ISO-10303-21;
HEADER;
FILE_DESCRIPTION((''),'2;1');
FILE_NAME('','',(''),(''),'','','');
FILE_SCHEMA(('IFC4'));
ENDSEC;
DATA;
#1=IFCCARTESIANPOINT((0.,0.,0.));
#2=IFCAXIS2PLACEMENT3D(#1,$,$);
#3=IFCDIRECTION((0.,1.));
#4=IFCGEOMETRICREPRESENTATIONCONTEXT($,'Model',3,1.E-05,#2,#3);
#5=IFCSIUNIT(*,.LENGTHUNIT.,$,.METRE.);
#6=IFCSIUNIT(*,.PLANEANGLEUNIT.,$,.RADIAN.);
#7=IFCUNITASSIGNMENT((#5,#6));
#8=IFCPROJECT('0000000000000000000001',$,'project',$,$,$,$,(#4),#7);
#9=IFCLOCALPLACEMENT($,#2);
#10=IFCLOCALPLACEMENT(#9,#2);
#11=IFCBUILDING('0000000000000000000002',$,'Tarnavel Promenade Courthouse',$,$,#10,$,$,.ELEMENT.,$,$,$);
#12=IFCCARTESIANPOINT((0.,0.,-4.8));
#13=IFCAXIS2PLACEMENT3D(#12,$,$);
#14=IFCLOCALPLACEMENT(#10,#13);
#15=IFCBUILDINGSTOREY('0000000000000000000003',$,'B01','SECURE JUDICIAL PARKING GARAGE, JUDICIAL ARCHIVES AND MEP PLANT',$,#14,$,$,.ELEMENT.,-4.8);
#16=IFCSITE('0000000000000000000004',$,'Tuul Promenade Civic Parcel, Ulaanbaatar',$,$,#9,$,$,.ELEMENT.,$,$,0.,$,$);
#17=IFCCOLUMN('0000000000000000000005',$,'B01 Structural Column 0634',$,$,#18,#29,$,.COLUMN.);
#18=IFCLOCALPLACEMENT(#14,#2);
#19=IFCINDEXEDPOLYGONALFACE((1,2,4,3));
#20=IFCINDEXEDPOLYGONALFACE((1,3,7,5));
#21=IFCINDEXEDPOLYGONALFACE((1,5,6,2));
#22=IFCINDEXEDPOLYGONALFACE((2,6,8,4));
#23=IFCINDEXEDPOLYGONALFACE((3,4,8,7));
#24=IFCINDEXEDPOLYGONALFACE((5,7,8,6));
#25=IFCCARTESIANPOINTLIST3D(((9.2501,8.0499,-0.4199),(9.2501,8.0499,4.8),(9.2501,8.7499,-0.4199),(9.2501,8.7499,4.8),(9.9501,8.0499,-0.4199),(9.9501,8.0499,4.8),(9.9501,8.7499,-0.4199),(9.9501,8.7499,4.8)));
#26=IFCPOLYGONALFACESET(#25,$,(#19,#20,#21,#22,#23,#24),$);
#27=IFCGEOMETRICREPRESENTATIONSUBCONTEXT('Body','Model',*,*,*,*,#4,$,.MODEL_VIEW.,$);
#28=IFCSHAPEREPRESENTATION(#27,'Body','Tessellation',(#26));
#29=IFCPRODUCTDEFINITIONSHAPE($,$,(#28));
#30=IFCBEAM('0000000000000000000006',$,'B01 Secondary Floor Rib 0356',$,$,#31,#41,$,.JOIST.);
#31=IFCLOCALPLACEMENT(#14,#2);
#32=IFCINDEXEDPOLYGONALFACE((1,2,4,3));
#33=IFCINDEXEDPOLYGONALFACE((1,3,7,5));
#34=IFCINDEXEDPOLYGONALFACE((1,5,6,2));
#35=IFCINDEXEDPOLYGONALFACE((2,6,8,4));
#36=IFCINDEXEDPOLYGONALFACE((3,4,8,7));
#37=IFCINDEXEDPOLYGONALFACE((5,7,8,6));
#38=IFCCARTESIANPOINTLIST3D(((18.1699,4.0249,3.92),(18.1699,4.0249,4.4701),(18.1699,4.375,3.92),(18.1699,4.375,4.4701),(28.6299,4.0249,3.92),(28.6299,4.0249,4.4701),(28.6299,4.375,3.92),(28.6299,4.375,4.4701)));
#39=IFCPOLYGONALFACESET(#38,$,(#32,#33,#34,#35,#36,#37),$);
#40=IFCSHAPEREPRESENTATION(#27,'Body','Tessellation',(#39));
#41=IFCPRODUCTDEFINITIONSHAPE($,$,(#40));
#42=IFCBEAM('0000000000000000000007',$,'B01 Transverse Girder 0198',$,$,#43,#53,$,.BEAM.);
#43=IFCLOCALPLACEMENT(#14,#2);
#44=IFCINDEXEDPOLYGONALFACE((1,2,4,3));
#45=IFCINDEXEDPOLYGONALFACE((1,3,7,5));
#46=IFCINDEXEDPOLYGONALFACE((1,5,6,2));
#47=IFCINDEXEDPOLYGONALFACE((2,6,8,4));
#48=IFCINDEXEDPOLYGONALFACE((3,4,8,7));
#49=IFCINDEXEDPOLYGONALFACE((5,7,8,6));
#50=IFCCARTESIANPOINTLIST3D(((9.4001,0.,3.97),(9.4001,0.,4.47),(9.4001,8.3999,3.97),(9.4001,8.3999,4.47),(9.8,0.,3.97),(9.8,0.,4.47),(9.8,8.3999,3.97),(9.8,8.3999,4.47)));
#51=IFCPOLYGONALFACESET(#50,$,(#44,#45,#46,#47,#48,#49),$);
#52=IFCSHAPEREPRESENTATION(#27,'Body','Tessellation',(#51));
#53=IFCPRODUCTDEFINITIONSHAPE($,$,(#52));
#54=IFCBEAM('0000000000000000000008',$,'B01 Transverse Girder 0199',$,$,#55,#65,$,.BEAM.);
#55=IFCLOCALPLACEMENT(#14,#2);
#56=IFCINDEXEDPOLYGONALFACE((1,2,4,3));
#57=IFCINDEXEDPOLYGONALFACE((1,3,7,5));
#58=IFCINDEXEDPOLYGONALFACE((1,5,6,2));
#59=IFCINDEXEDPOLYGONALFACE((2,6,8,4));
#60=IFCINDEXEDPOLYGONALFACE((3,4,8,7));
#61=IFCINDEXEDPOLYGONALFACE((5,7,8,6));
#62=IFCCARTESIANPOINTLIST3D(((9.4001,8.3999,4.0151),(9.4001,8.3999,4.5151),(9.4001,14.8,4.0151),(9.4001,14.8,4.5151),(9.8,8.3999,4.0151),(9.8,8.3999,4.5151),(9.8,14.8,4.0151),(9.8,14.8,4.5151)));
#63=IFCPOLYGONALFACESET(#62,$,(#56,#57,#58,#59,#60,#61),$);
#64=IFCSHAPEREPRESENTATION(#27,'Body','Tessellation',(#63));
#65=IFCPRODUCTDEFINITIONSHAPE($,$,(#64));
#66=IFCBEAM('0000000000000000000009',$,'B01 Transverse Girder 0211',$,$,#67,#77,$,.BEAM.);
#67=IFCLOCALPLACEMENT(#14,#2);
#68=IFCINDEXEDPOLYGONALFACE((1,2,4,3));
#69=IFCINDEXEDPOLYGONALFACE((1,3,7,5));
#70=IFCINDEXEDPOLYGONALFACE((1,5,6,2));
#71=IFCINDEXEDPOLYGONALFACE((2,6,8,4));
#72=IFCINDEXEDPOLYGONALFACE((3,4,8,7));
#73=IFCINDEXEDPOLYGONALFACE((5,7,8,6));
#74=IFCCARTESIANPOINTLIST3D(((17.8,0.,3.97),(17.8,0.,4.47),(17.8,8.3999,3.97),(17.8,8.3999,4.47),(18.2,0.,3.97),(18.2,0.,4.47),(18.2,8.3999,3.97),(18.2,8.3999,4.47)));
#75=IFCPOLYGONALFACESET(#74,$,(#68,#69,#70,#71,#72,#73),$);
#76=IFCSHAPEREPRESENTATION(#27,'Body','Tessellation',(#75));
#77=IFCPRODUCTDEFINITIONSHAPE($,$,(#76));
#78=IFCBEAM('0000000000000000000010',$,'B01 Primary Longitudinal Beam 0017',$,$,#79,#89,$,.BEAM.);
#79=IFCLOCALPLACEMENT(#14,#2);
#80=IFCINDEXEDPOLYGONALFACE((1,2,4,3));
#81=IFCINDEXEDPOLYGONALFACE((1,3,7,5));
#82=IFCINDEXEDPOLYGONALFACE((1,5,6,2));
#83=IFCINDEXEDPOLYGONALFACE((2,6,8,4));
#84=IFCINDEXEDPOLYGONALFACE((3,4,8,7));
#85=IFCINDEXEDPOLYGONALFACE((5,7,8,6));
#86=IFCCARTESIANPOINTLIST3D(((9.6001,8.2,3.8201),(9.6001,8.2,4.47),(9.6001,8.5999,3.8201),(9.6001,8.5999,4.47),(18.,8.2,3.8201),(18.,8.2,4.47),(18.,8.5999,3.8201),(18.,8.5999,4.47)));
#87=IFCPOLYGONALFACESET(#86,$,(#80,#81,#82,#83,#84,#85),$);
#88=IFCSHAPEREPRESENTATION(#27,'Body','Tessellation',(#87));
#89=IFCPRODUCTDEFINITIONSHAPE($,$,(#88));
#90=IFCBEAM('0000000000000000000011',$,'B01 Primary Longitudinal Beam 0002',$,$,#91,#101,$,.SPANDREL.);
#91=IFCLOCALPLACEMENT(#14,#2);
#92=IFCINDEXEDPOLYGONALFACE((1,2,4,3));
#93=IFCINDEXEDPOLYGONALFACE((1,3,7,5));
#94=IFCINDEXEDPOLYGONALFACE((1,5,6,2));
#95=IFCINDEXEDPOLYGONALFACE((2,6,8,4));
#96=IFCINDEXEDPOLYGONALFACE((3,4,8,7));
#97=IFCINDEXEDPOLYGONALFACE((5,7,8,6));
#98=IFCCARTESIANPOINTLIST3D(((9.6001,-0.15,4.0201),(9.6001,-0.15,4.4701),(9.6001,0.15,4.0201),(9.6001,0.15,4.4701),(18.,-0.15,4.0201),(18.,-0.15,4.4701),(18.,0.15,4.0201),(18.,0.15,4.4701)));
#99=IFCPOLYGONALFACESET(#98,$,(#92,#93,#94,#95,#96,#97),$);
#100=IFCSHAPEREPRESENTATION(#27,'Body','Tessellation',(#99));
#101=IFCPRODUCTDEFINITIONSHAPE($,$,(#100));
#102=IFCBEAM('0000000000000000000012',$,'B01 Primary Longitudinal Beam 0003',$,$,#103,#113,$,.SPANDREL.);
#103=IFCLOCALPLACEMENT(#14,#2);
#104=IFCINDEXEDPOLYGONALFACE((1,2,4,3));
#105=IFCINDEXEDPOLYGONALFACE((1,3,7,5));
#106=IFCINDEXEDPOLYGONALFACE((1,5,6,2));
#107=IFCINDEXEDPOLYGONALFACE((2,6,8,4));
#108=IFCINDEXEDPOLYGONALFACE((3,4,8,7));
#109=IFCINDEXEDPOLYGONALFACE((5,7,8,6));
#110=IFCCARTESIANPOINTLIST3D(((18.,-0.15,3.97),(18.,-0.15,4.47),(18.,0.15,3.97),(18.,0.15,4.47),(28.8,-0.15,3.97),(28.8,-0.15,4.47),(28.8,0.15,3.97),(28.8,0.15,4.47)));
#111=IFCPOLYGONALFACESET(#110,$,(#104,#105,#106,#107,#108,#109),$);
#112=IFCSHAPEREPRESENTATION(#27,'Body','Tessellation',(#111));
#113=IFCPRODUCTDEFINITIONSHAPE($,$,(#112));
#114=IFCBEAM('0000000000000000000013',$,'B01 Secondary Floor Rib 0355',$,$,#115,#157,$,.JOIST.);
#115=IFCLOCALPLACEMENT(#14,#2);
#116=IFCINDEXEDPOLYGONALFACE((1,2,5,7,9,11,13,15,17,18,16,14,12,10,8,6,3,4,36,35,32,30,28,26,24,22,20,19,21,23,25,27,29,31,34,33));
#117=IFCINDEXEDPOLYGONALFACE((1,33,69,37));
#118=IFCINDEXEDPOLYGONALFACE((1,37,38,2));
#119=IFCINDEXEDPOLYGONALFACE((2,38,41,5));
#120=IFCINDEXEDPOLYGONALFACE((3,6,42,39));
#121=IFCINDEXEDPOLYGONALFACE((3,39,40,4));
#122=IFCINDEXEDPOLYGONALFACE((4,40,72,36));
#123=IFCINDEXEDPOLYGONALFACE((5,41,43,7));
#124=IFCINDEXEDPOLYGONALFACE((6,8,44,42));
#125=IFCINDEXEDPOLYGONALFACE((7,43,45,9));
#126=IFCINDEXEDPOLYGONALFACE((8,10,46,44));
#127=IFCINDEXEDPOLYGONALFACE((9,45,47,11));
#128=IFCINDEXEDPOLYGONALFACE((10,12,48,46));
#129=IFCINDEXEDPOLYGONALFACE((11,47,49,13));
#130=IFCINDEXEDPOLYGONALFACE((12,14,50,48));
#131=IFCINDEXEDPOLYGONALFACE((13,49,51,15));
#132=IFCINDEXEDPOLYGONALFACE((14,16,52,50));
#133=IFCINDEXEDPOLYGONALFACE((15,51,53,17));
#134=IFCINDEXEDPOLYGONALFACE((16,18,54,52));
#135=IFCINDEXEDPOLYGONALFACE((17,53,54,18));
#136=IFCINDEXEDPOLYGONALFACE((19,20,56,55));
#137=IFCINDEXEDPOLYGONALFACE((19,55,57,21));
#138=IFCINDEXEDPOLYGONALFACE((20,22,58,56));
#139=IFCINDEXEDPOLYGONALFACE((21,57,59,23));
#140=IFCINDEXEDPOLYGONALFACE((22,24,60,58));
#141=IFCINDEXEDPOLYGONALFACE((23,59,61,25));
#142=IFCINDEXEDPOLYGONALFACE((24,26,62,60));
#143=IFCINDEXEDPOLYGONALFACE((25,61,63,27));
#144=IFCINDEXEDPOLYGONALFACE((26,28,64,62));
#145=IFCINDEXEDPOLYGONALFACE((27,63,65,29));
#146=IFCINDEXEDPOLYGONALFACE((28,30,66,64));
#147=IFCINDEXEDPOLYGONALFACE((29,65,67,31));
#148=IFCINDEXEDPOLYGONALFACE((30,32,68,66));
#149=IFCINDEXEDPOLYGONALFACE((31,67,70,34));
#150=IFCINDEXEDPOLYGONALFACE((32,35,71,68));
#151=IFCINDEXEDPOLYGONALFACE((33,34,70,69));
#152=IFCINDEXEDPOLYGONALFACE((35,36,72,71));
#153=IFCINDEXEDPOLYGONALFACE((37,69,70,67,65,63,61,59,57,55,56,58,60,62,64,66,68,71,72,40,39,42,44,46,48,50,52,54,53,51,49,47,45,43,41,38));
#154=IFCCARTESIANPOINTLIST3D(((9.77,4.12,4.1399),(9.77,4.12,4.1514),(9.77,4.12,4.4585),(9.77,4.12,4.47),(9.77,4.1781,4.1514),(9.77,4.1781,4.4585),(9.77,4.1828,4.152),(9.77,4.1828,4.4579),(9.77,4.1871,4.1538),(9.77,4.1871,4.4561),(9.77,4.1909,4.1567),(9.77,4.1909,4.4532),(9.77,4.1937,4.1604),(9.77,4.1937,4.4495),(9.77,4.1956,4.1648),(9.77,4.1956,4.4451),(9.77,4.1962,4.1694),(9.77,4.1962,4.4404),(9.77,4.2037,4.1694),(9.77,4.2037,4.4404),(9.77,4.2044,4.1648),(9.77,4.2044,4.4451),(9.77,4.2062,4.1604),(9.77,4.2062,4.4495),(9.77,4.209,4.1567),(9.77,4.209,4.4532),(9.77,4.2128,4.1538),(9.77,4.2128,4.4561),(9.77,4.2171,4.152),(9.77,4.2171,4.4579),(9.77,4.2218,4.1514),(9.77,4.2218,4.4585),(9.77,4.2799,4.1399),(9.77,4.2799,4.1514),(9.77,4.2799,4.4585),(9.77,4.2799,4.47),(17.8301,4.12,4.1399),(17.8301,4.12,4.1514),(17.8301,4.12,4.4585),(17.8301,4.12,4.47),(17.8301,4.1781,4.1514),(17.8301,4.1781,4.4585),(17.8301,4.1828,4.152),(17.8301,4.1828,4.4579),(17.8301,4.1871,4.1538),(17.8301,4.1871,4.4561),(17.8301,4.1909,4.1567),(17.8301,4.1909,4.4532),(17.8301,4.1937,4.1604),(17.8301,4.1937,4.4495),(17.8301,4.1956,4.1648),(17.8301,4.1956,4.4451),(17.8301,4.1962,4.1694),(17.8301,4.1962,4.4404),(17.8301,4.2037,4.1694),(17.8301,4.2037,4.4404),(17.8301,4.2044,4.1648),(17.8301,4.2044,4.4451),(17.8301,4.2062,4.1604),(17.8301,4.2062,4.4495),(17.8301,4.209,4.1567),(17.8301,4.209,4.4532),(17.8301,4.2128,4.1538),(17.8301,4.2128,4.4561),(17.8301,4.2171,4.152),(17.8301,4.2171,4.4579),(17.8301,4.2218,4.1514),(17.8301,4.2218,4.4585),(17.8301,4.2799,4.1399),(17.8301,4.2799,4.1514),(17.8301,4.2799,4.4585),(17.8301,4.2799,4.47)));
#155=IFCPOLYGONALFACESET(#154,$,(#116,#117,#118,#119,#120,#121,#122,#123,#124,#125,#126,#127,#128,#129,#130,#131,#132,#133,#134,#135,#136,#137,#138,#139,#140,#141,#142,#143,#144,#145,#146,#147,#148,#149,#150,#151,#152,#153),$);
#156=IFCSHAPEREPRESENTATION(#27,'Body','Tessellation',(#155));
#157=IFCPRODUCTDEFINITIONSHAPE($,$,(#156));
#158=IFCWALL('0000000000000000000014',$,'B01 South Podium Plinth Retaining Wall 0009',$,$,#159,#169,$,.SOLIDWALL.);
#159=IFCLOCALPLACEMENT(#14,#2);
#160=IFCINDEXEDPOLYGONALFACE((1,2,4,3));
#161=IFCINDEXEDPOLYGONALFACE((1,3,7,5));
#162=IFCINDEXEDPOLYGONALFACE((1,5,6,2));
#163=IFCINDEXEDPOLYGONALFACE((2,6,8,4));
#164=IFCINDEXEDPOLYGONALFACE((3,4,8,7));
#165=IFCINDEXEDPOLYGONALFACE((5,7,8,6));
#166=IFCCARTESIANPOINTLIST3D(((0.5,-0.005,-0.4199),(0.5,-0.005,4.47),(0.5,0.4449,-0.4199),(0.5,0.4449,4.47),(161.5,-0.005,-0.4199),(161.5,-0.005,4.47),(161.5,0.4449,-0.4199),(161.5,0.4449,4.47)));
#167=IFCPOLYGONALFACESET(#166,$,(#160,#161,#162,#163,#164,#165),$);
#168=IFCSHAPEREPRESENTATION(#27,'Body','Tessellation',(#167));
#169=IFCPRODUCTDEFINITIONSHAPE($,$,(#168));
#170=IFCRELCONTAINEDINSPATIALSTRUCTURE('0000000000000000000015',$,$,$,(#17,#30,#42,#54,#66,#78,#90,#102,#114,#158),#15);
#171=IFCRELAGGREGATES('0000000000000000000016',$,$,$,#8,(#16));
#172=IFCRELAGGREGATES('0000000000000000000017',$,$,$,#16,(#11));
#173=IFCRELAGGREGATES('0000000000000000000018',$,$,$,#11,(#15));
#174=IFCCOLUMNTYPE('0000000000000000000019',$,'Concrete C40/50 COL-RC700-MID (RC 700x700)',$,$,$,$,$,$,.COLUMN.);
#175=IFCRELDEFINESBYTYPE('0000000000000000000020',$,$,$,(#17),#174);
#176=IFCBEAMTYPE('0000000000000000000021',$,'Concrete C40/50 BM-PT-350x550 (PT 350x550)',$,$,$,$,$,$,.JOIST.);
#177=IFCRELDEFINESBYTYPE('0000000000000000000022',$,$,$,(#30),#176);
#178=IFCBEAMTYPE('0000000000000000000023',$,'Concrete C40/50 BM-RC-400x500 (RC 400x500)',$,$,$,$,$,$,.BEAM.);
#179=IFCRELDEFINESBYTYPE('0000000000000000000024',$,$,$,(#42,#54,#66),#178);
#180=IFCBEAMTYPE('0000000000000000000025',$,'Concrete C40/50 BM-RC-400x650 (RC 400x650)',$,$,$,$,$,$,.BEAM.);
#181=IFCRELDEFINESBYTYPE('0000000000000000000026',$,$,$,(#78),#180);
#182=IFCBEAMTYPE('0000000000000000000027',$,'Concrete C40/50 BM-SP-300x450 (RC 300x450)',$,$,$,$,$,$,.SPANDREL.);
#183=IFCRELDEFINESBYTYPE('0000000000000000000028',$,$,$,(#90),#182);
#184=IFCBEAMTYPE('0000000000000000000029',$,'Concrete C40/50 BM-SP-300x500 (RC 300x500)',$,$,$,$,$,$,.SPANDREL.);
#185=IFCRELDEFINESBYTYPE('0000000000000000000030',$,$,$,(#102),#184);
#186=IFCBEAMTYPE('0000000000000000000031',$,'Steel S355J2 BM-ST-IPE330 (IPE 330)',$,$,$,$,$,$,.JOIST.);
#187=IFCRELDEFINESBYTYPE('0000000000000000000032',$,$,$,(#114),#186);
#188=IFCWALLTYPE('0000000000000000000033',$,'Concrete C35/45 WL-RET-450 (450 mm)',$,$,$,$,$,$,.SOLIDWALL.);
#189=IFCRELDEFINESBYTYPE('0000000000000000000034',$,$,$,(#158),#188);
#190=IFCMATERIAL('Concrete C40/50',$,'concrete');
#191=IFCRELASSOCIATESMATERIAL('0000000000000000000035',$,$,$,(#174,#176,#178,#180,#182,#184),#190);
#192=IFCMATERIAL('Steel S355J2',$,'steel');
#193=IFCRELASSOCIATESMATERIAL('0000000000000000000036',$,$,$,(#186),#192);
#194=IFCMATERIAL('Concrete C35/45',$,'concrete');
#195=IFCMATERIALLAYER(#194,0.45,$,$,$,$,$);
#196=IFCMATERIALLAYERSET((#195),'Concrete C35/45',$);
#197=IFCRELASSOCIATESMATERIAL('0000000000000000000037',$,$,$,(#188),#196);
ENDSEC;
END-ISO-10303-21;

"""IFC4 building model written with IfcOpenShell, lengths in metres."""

from ifc_helpers import new_model, si_unit, direction, frame, frame_2d, origin, origin_2d, place, context, subcontext, project, spatial, rectangle, i_section, extrude, material, layer, layer_set, material_profile, profile_set, type_object, element, save


model = new_model("IFC4")

# Units and contexts
model_context = context("Model", 3, precision=1e-05, world=origin(), true_north=direction((0.0, 1.0)))
body_context = subcontext(model_context, "Body", "Model", "MODEL_VIEW")
ifc_project = project(units=[si_unit("LENGTHUNIT", "METRE"), si_unit("PLANEANGLEUNIT", "RADIAN")], contexts=[model_context])

# Site, building, storey
site_placement = place(None, origin())
site = spatial("IfcSite", under=ifc_project, at=site_placement, Name="Tuul Promenade Civic Parcel, Ulaanbaatar", CompositionType="ELEMENT", RefElevation=0.0)
building_placement = place(site_placement, origin())
building = spatial("IfcBuilding", under=site, at=building_placement, Name="Tarnavel Promenade Courthouse", CompositionType="ELEMENT")
storey_placement = place(building_placement, frame((0.0, 0.0, -4.8)))
storey = spatial("IfcBuildingStorey", under=building, at=storey_placement, Name="B01", Description="SECURE JUDICIAL PARKING GARAGE, JUDICIAL ARCHIVES AND MEP PLANT", CompositionType="ELEMENT", Elevation=-4.8)

# Shared definitions
ifc_material_1 = material(Name="Concrete C35/45", Category="concrete")

# Column
ifc_material_2 = material(Name="Concrete C40/50", Category="concrete")
ifc_material_profile_1 = material_profile(ifc_material_2, rectangle(XDim=0.7, YDim=0.7, at=origin_2d()), Name="RC 700x700")
ifc_profile_set_1 = profile_set([ifc_material_profile_1], Name="Concrete C40/50")
column_type_1 = type_object("IfcColumnType", Name="Concrete C40/50 COL-RC700-MID (RC 700x700)", PredefinedType="COLUMN", material=ifc_profile_set_1)
for number, where, z_axis, x_axis, name in (
    (1, (9.6001, 8.3999, -0.4199), (0.0, 0.0, 1.0), (1.0, 0.0, 0.0), "B01 Structural Column 0634"),
):
    element("IfcColumn", number, at=place(storey_placement, frame(where, z_axis=z_axis, x_axis=x_axis)), inside=storey, type_object=column_type_1, Name=name, PredefinedType="COLUMN", context=body_context, shape_type="SweptSolid", body=[
        extrude(rectangle(XDim=0.7, YDim=0.7, at=origin_2d()), origin(), (0.0, 0.0, 1.0), 5.22),
    ])

# Beams
ifc_material_profile_2 = material_profile(ifc_material_2, rectangle(XDim=0.3501, YDim=0.55, at=origin_2d()), Name="PT 350x550")
ifc_profile_set_2 = profile_set([ifc_material_profile_2], Name="Concrete C40/50")
beam_type_1 = type_object("IfcBeamType", Name="Concrete C40/50 BM-PT-350x550 (PT 350x550)", PredefinedType="JOIST", material=ifc_profile_set_2)
beam_1_placement = place(storey_placement, frame((18.1699, 4.2, 4.1951), z_axis=(1.0, 0.0, 0.0), x_axis=(0.0, 1.0, 0.0)))
element("IfcBeam", 2, at=beam_1_placement, inside=storey, type_object=beam_type_1, Name="B01 Secondary Floor Rib 0356", PredefinedType="JOIST", context=body_context, shape_type="SweptSolid", body=[
    extrude(rectangle(XDim=0.3501, YDim=0.55, at=origin_2d()), origin(), (0.0, 0.0, 1.0), 10.46),
])
ifc_material_profile_3 = material_profile(ifc_material_2, rectangle(XDim=0.3999, YDim=0.5, at=origin_2d()), Name="RC 400x500")
ifc_profile_set_3 = profile_set([ifc_material_profile_3], Name="Concrete C40/50")
beam_type_2 = type_object("IfcBeamType", Name="Concrete C40/50 BM-RC-400x500 (RC 400x500)", PredefinedType="BEAM", material=ifc_profile_set_3)
beam_2_placement = place(storey_placement, frame((9.6001, 0.0, 4.22), z_axis=(0.0, 1.0, 0.0), x_axis=(-1.0, 0.0, 0.0)))
element("IfcBeam", 3, at=beam_2_placement, inside=storey, type_object=beam_type_2, Name="B01 Transverse Girder 0198", PredefinedType="BEAM", context=body_context, shape_type="SweptSolid", body=[
    extrude(rectangle(XDim=0.3999, YDim=0.5, at=origin_2d()), origin(), (0.0, 0.0, 1.0), 8.3999),
])
beam_3_placement = place(storey_placement, frame((9.6001, 8.3999, 4.2651), z_axis=(0.0, 1.0, 0.0), x_axis=(-1.0, 0.0, 0.0)))
element("IfcBeam", 4, at=beam_3_placement, inside=storey, type_object=beam_type_2, Name="B01 Transverse Girder 0199", PredefinedType="BEAM", context=body_context, shape_type="SweptSolid", body=[
    extrude(rectangle(XDim=0.3999, YDim=0.5, at=origin_2d()), origin(), (0.0, 0.0, 1.0), 6.4001),
])
beam_4_placement = place(storey_placement, frame((18.0, 0.0, 4.22), z_axis=(0.0, 1.0, 0.0), x_axis=(-1.0, 0.0, 0.0)))
element("IfcBeam", 5, at=beam_4_placement, inside=storey, type_object=beam_type_2, Name="B01 Transverse Girder 0211", PredefinedType="BEAM", context=body_context, shape_type="SweptSolid", body=[
    extrude(rectangle(XDim=0.3999, YDim=0.5, at=origin_2d()), origin(), (0.0, 0.0, 1.0), 8.3999),
])
ifc_material_profile_4 = material_profile(ifc_material_2, rectangle(XDim=0.3999, YDim=0.6499, at=origin_2d()), Name="RC 400x650")
ifc_profile_set_4 = profile_set([ifc_material_profile_4], Name="Concrete C40/50")
beam_type_3 = type_object("IfcBeamType", Name="Concrete C40/50 BM-RC-400x650 (RC 400x650)", PredefinedType="BEAM", material=ifc_profile_set_4)
beam_5_placement = place(storey_placement, frame((9.6001, 8.3999, 4.145), z_axis=(1.0, 0.0, 0.0), x_axis=(0.0, 1.0, 0.0)))
element("IfcBeam", 6, at=beam_5_placement, inside=storey, type_object=beam_type_3, Name="B01 Primary Longitudinal Beam 0017", PredefinedType="BEAM", context=body_context, shape_type="SweptSolid", body=[
    extrude(rectangle(XDim=0.3999, YDim=0.6499, at=origin_2d()), origin(), (0.0, 0.0, 1.0), 8.3999),
])
ifc_material_profile_5 = material_profile(ifc_material_2, rectangle(XDim=0.3, YDim=0.45, at=origin_2d()), Name="RC 300x450")
ifc_profile_set_5 = profile_set([ifc_material_profile_5], Name="Concrete C40/50")
beam_type_4 = type_object("IfcBeamType", Name="Concrete C40/50 BM-SP-300x450 (RC 300x450)", PredefinedType="SPANDREL", material=ifc_profile_set_5)
beam_6_placement = place(storey_placement, frame((9.6001, 0.0, 4.2451), z_axis=(1.0, 0.0, 0.0), x_axis=(0.0, 1.0, 0.0)))
element("IfcBeam", 7, at=beam_6_placement, inside=storey, type_object=beam_type_4, Name="B01 Primary Longitudinal Beam 0002", PredefinedType="SPANDREL", context=body_context, shape_type="SweptSolid", body=[
    extrude(rectangle(XDim=0.3, YDim=0.45, at=origin_2d()), origin(), (0.0, 0.0, 1.0), 8.3999),
])
ifc_material_profile_6 = material_profile(ifc_material_2, rectangle(XDim=0.3, YDim=0.5, at=origin_2d()), Name="RC 300x500")
ifc_profile_set_6 = profile_set([ifc_material_profile_6], Name="Concrete C40/50")
beam_type_5 = type_object("IfcBeamType", Name="Concrete C40/50 BM-SP-300x500 (RC 300x500)", PredefinedType="SPANDREL", material=ifc_profile_set_6)
beam_7_placement = place(storey_placement, frame((18.0, 0.0, 4.22), z_axis=(1.0, 0.0, 0.0), x_axis=(0.0, 1.0, 0.0)))
element("IfcBeam", 8, at=beam_7_placement, inside=storey, type_object=beam_type_5, Name="B01 Primary Longitudinal Beam 0003", PredefinedType="SPANDREL", context=body_context, shape_type="SweptSolid", body=[
    extrude(rectangle(XDim=0.3, YDim=0.5, at=origin_2d()), origin(), (0.0, 0.0, 1.0), 10.8),
])
ifc_material_3 = material(Name="Steel S355J2", Category="steel")
ifc_material_profile_7 = material_profile(ifc_material_3, i_section(OverallWidth=0.1599, OverallDepth=0.3301, WebThickness=0.0076, FlangeThickness=0.0115, FilletRadius=0.0181, at=origin_2d()), Name="IPE 330")
ifc_profile_set_7 = profile_set([ifc_material_profile_7], Name="Steel S355J2")
beam_type_6 = type_object("IfcBeamType", Name="Steel S355J2 BM-ST-IPE330 (IPE 330)", PredefinedType="JOIST", material=ifc_profile_set_7)
beam_8_placement = place(storey_placement, frame((9.77, 4.2, 4.3049), z_axis=(1.0, 0.0, 0.0), x_axis=(0.0, 1.0, 0.0)))
element("IfcBeam", 9, at=beam_8_placement, inside=storey, type_object=beam_type_6, Name="B01 Secondary Floor Rib 0355", PredefinedType="JOIST", context=body_context, shape_type="SweptSolid", body=[
    extrude(i_section(OverallWidth=0.1599, OverallDepth=0.3301, WebThickness=0.0076, FlangeThickness=0.0115, FilletRadius=0.0181, at=origin_2d()), origin(), (0.0, 0.0, 1.0), 8.0601),
])

# Wall
ifc_layer_1 = layer(ifc_material_1, 0.45)
ifc_layer_set_1 = layer_set([ifc_layer_1], Name="Concrete C35/45")
wall_type_1 = type_object("IfcWallType", Name="Concrete C35/45 WL-RET-450 (450 mm)", PredefinedType="SOLIDWALL", material=ifc_layer_set_1)
wall_1_placement = place(storey_placement, frame((0.5, 0.22, -0.4199), z_axis=(0.0, 0.0, 1.0), x_axis=(1.0, 0.0, 0.0)))
element("IfcWall", 10, at=wall_1_placement, inside=storey, type_object=wall_type_1, Name="B01 South Podium Plinth Retaining Wall 0009", PredefinedType="SOLIDWALL", context=body_context, shape_type="SweptSolid", body=[
    extrude(rectangle(XDim=161.0, YDim=0.45, at=frame_2d((80.5, 0.0))), origin(), (0.0, 0.0, 1.0), 4.8899),
])

save(model, "model.ifc")
